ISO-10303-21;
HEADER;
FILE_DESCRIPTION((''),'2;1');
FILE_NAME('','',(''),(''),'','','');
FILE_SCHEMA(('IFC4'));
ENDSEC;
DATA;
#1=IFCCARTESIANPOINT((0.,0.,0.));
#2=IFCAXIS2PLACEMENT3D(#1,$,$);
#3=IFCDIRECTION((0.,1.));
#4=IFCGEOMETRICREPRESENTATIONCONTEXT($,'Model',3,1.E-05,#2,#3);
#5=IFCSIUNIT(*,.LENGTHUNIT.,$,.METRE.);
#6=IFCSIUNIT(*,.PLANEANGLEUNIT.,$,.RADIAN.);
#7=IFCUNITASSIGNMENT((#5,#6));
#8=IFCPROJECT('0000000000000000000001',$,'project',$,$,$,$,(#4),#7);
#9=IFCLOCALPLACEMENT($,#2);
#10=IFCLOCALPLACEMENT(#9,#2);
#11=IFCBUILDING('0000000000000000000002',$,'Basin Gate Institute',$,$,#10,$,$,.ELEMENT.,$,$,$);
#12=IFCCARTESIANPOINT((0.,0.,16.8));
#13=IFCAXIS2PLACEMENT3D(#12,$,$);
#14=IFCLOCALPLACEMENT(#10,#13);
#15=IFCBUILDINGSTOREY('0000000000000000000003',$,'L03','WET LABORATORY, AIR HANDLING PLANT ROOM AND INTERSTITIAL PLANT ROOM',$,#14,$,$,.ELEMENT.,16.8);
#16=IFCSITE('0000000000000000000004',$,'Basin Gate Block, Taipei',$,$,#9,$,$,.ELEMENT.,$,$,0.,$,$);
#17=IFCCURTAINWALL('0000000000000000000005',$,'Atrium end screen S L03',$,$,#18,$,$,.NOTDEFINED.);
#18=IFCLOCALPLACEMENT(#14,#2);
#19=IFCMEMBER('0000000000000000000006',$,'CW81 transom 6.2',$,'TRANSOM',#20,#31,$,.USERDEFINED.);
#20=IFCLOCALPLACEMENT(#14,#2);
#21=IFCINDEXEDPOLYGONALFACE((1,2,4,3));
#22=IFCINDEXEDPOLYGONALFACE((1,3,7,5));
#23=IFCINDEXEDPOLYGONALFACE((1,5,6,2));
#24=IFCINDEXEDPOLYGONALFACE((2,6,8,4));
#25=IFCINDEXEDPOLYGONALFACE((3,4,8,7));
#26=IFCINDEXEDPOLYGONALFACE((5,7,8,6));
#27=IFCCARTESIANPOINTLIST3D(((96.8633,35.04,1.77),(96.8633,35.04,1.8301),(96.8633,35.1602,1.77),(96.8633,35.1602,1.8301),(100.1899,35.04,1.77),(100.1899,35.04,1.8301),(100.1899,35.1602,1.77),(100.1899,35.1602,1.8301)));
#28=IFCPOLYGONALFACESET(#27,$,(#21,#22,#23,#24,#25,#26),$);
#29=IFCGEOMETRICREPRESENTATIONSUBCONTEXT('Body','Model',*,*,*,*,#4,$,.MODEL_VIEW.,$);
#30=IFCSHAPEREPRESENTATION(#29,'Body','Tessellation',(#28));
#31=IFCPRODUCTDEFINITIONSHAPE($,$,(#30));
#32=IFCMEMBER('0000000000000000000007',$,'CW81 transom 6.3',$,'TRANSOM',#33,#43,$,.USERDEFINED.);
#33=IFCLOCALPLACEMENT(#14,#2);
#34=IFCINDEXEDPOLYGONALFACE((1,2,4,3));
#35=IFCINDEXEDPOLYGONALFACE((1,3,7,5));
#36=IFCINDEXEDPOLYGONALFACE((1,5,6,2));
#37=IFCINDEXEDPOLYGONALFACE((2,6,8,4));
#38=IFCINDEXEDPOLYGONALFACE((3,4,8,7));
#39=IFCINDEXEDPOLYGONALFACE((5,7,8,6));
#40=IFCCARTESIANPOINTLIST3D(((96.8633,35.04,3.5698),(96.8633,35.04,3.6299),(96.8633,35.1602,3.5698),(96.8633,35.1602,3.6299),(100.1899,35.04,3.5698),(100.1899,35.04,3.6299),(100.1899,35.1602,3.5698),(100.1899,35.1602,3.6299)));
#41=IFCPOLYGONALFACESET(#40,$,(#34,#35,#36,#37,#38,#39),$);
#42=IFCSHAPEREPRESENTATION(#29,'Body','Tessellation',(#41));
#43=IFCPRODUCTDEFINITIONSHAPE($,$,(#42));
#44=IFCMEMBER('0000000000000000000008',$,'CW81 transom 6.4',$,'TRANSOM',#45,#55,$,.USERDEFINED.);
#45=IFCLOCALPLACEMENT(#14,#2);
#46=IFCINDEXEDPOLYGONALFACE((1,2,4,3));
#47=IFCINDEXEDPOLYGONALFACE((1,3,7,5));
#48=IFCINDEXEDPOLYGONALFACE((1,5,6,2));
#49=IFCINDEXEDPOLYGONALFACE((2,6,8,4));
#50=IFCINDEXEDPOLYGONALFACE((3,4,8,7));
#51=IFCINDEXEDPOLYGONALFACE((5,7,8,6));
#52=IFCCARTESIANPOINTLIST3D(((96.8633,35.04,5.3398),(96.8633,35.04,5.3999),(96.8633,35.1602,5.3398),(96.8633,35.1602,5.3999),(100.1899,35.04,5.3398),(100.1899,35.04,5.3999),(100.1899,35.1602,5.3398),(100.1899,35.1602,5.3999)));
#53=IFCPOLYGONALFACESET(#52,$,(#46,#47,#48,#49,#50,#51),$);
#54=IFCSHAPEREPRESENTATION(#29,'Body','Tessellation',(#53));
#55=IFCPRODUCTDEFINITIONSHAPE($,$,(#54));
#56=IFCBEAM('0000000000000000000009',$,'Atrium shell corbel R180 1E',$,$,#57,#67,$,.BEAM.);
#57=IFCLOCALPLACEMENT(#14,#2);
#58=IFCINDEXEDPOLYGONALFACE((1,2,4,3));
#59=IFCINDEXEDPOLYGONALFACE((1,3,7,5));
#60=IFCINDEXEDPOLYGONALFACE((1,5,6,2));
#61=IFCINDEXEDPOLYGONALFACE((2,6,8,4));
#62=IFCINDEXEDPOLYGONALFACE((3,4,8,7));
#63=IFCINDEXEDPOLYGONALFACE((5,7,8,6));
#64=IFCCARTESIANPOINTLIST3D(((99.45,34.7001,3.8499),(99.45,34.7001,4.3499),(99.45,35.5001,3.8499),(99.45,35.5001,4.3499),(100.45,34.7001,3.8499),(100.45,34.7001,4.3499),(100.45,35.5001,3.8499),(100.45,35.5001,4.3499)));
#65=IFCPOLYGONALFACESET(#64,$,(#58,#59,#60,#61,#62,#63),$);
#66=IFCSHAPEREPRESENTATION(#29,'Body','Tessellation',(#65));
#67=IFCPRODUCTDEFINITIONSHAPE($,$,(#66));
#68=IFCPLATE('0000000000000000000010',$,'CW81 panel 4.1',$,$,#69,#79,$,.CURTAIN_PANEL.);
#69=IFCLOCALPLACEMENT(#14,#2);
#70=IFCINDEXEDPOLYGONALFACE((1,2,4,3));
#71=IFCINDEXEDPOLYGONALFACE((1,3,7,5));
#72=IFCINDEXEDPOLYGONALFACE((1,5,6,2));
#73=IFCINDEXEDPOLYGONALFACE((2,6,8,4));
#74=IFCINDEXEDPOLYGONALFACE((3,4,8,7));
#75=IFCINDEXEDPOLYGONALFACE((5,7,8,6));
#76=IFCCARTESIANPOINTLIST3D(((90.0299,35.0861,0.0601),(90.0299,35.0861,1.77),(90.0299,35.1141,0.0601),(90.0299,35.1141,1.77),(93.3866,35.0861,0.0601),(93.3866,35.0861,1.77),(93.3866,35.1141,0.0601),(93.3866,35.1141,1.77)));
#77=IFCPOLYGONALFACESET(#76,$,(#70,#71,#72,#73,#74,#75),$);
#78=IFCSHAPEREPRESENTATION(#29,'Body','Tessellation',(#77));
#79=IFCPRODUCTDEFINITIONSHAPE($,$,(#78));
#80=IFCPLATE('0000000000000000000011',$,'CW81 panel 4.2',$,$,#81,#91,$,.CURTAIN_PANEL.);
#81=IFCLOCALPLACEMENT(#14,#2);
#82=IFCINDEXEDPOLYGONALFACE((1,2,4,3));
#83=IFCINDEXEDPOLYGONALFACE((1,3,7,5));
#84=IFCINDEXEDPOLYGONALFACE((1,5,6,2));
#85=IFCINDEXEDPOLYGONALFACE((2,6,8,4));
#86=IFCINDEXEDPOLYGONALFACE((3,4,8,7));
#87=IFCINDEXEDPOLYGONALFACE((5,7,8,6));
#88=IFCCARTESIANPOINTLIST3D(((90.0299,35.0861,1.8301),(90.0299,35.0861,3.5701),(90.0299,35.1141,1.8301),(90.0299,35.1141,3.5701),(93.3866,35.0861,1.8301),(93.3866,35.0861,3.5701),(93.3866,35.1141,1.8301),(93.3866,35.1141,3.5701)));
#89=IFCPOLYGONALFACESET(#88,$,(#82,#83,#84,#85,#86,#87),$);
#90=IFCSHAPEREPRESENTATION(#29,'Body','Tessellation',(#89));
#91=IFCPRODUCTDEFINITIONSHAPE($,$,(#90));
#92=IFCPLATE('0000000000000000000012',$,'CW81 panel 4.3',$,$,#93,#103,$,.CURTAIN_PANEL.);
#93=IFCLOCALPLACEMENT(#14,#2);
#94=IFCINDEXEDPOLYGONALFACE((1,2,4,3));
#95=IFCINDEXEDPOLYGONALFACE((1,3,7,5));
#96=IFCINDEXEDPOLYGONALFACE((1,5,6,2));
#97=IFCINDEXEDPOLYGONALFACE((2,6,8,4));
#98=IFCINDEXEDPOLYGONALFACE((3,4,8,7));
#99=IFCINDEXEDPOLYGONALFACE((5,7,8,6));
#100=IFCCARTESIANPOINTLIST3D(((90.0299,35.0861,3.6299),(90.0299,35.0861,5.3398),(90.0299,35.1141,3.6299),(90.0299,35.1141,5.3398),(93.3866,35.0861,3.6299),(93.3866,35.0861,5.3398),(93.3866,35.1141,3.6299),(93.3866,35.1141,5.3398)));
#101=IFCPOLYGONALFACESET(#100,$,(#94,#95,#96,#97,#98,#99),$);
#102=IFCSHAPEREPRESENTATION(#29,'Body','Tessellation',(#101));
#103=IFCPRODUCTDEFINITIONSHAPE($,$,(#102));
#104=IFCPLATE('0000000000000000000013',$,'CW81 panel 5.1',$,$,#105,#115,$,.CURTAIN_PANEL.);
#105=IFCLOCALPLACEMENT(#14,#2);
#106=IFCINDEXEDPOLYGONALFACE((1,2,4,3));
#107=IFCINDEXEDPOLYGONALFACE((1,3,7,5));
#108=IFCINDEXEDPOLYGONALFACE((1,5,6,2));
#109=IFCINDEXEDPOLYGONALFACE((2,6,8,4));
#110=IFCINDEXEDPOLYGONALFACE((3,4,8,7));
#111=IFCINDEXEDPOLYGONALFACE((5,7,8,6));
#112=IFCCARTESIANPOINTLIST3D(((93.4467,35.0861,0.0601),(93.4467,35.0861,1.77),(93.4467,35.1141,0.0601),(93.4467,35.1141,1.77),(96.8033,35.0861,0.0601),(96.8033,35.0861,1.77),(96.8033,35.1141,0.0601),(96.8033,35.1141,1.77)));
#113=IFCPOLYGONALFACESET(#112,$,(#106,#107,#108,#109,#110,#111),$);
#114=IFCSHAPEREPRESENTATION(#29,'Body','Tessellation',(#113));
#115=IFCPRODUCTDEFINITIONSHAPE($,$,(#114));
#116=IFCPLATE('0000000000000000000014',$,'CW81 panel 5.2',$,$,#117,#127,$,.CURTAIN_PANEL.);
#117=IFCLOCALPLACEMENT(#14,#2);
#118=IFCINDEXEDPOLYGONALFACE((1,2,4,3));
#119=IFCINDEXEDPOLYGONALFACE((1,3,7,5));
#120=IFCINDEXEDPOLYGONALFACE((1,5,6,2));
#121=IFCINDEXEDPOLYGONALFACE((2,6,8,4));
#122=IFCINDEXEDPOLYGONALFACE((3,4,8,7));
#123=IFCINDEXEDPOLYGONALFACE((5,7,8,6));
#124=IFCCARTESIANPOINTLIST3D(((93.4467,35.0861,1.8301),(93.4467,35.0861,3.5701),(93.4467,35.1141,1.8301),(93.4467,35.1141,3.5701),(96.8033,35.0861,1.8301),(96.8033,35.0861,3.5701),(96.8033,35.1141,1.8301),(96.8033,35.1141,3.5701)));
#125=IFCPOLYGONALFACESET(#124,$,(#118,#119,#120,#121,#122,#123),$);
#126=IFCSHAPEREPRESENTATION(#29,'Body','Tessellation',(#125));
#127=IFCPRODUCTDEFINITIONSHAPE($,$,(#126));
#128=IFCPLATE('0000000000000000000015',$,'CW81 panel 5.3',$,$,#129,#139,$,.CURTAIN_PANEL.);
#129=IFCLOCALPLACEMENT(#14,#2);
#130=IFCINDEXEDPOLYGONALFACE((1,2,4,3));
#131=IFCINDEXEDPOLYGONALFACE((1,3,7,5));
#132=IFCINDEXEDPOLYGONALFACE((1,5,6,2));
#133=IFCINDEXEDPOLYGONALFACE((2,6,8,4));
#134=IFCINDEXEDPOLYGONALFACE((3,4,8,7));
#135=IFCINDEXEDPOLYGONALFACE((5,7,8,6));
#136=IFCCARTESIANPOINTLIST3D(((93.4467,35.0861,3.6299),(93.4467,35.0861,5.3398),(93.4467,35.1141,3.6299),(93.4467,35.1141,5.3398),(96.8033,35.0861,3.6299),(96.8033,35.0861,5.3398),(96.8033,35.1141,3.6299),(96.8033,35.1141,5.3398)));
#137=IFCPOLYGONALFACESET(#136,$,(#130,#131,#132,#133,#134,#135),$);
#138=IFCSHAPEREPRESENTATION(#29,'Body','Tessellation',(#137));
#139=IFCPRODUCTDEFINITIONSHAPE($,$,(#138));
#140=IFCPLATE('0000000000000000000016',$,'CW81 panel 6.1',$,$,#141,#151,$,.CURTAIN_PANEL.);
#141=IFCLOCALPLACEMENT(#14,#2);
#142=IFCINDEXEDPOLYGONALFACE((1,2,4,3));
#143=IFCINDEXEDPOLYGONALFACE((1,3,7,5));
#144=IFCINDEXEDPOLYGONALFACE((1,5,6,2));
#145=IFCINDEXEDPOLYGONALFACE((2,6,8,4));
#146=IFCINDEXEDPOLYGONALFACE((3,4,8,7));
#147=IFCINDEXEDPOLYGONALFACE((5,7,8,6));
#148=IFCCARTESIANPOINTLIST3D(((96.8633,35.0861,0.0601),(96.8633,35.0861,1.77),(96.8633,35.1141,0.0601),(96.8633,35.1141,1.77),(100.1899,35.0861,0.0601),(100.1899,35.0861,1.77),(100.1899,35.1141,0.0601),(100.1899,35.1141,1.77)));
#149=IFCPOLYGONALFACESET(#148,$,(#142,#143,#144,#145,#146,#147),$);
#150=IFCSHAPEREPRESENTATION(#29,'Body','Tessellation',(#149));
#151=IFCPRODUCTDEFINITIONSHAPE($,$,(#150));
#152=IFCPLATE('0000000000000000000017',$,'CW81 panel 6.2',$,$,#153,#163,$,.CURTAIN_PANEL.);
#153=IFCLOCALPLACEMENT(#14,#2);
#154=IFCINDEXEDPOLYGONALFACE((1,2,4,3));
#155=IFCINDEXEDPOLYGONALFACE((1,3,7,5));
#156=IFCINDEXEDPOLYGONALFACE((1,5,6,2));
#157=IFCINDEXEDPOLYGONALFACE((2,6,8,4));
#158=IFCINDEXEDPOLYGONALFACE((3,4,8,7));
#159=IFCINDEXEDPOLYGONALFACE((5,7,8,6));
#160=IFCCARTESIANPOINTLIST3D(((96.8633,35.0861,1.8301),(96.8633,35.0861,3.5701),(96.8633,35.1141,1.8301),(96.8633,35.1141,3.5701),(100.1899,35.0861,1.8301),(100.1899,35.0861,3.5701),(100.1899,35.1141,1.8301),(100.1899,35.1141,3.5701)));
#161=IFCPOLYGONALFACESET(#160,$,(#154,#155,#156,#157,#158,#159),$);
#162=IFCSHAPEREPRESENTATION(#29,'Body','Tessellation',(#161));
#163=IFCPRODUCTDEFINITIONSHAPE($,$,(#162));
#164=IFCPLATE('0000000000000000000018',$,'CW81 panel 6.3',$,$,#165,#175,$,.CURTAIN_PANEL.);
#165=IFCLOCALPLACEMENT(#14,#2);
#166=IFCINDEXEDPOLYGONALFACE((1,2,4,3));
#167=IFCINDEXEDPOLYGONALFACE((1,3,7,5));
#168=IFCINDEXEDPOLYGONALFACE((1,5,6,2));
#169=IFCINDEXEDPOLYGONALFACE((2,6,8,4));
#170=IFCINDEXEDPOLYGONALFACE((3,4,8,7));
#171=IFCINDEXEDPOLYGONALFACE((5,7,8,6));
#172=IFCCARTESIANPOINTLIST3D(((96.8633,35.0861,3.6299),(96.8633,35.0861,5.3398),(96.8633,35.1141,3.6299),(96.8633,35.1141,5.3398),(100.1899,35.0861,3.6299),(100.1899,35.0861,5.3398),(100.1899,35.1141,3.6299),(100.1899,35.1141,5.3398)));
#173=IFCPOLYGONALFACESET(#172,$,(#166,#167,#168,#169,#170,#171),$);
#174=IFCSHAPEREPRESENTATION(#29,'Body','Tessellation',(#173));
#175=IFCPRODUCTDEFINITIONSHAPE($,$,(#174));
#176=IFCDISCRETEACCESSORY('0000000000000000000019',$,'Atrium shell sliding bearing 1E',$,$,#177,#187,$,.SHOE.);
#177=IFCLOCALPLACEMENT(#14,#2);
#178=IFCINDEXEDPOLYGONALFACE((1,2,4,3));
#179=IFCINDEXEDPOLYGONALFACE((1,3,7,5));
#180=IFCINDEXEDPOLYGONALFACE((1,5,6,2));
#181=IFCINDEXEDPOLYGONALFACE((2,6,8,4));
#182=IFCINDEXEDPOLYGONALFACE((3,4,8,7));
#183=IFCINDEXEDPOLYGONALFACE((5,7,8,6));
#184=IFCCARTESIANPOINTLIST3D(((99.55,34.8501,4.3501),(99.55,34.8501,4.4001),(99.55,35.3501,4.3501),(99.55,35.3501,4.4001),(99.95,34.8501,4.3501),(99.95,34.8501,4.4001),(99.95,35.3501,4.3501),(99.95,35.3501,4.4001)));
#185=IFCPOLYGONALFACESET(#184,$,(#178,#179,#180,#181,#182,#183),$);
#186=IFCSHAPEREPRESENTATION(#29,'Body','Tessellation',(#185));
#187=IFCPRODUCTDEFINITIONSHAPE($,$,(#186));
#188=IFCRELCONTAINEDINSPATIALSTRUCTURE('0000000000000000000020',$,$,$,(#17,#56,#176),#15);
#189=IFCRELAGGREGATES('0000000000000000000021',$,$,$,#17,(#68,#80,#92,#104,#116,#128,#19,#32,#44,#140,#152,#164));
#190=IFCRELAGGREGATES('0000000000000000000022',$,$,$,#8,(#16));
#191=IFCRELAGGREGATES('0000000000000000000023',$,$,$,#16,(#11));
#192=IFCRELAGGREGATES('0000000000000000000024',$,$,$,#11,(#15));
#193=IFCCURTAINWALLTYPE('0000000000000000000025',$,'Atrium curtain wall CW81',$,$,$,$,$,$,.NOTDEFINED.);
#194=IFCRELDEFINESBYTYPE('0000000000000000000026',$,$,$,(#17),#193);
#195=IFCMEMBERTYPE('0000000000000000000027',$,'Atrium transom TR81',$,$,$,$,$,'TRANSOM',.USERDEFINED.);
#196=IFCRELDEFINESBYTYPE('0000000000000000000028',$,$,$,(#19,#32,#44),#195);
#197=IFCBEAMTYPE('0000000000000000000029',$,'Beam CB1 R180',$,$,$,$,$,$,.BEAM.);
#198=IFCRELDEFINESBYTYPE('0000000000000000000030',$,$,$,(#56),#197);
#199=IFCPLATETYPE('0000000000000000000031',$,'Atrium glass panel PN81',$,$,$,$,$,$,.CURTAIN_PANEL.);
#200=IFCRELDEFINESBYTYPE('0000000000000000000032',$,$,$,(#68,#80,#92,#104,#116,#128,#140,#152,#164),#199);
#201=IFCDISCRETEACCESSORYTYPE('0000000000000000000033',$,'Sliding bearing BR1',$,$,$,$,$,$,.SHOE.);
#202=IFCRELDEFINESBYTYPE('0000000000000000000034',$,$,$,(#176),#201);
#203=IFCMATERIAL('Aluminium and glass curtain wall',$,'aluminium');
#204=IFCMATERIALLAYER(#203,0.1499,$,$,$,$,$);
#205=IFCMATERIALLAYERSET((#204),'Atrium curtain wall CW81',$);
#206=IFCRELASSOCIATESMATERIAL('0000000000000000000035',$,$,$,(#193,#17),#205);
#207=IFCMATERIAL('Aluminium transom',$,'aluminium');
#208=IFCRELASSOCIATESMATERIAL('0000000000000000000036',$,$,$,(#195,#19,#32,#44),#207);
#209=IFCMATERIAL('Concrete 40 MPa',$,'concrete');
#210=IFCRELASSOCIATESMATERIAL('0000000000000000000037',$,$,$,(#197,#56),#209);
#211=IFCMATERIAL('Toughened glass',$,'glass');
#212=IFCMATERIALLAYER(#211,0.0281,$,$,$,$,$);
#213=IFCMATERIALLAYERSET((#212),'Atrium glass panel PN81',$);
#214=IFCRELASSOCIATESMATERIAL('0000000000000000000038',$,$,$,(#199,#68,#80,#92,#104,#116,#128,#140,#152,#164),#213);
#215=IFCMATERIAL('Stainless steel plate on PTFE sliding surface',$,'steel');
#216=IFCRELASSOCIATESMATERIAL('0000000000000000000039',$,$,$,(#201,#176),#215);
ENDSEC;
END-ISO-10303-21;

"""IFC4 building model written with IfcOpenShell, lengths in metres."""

from ifc_helpers import new_model, si_unit, direction, frame, origin, origin_2d, place, context, subcontext, project, spatial, rectangle, extrude, material, layer, layer_set, material_profile, profile_set, type_object, element, aggregate, save


model = new_model("IFC4")

# Units and contexts
model_context = context("Model", 3, precision=1e-05, world=origin(), true_north=direction((0.0, 1.0)))
body_context = subcontext(model_context, "Body", "Model", "MODEL_VIEW")
ifc_project = project(units=[si_unit("LENGTHUNIT", "METRE"), si_unit("PLANEANGLEUNIT", "RADIAN")], contexts=[model_context])

# Site, building, storey
site_placement = place(None, origin())
site = spatial("IfcSite", under=ifc_project, at=site_placement, Name="Basin Gate Block, Taipei", CompositionType="ELEMENT", RefElevation=0.0)
building_placement = place(site_placement, origin())
building = spatial("IfcBuilding", under=site, at=building_placement, Name="Basin Gate Institute", CompositionType="ELEMENT")
storey_placement = place(building_placement, frame((0.0, 0.0, 16.8)))
storey = spatial("IfcBuildingStorey", under=building, at=storey_placement, Name="L03", Description="WET LABORATORY, AIR HANDLING PLANT ROOM AND INTERSTITIAL PLANT ROOM", CompositionType="ELEMENT", Elevation=16.8)

# Curtain wall, members
ifc_material_1 = material(Name="Aluminium and glass curtain wall", Category="aluminium")
ifc_layer_1 = layer(ifc_material_1, 0.1499)
ifc_layer_set_1 = layer_set([ifc_layer_1], Name="Atrium curtain wall CW81")
curtain_wall_type = type_object("IfcCurtainWallType", Name="Atrium curtain wall CW81", PredefinedType="NOTDEFINED", material=ifc_layer_set_1)
curtain_wall_placement = place(storey_placement, origin())
curtain_wall = element("IfcCurtainWall", 1, at=curtain_wall_placement, inside=storey, type_object=curtain_wall_type, material=ifc_layer_set_1, Name="Atrium end screen S L03", PredefinedType="NOTDEFINED")
ifc_material_2 = material(Name="Aluminium transom", Category="aluminium")
ifc_material_profile_1 = material_profile(ifc_material_2, rectangle(XDim=0.1201, YDim=0.0601, at=origin_2d()), Name="Atrium transom TR81 120 x 60")
ifc_profile_set_1 = profile_set([ifc_material_profile_1], Name="Aluminium transom")
member_type_1 = type_object("IfcMemberType", Name="Atrium transom TR81", ElementType="TRANSOM", PredefinedType="USERDEFINED", material=ifc_profile_set_1)
member_1_placement = place(storey_placement, frame((96.8633, 35.1001, 1.8), z_axis=(1.0, 0.0, 0.0), x_axis=(0.0, 1.0, 0.0)))
member_1 = element("IfcMember", 2, at=member_1_placement, type_object=member_type_1, material=ifc_profile_set_1, Name="CW81 transom 6.2", ObjectType="TRANSOM", PredefinedType="USERDEFINED", context=body_context, shape_type="SweptSolid", body=[
    extrude(rectangle(XDim=0.1201, YDim=0.0601, at=origin_2d()), origin(), (0.0, 0.0, 1.0), 3.3267),
])
member_2_placement = place(storey_placement, frame((96.8633, 35.1001, 3.5999), z_axis=(1.0, 0.0, 0.0), x_axis=(0.0, 1.0, 0.0)))
member_2 = element("IfcMember", 3, at=member_2_placement, type_object=member_type_1, material=ifc_profile_set_1, Name="CW81 transom 6.3", ObjectType="TRANSOM", PredefinedType="USERDEFINED", context=body_context, shape_type="SweptSolid", body=[
    extrude(rectangle(XDim=0.1201, YDim=0.0601, at=origin_2d()), origin(), (0.0, 0.0, 1.0), 3.3267),
])
member_3_placement = place(storey_placement, frame((96.8633, 35.1001, 5.3699), z_axis=(1.0, 0.0, 0.0), x_axis=(0.0, 1.0, 0.0)))
member_3 = element("IfcMember", 4, at=member_3_placement, type_object=member_type_1, material=ifc_profile_set_1, Name="CW81 transom 6.4", ObjectType="TRANSOM", PredefinedType="USERDEFINED", context=body_context, shape_type="SweptSolid", body=[
    extrude(rectangle(XDim=0.1201, YDim=0.0601, at=origin_2d()), origin(), (0.0, 0.0, 1.0), 3.3267),
])

# Beam
ifc_material_3 = material(Name="Concrete 40 MPa", Category="concrete")
ifc_material_profile_2 = material_profile(ifc_material_3, rectangle(XDim=0.8, YDim=0.5, at=origin_2d()), Name="Beam CB1 800 x 500")
ifc_profile_set_2 = profile_set([ifc_material_profile_2], Name="Concrete 40 MPa")
beam_type = type_object("IfcBeamType", Name="Beam CB1 R180", PredefinedType="BEAM", material=ifc_profile_set_2)
beam_placement = place(storey_placement, frame((100.45, 35.1001, 4.0999), z_axis=(-1.0, 0.0, 0.0), x_axis=(0.0, -1.0, 0.0)))
element("IfcBeam", 5, at=beam_placement, inside=storey, type_object=beam_type, material=ifc_profile_set_2, Name="Atrium shell corbel R180 1E", PredefinedType="BEAM", context=body_context, shape_type="SweptSolid", body=[
    extrude(rectangle(XDim=0.8, YDim=0.5, at=origin_2d()), origin(), (0.0, 0.0, 1.0), 1.0),
])

# Plates
ifc_material_4 = material(Name="Toughened glass", Category="glass")
ifc_layer_2 = layer(ifc_material_4, 0.0281)
ifc_layer_set_2 = layer_set([ifc_layer_2], Name="Atrium glass panel PN81")
plate_type = type_object("IfcPlateType", Name="Atrium glass panel PN81", PredefinedType="CURTAIN_PANEL", material=ifc_layer_set_2)
plate_1_placement = place(storey_placement, frame((91.7083, 35.1001, 0.0601), z_axis=(0.0, 0.0, 1.0), x_axis=(1.0, 0.0, 0.0)))
plate_1 = element("IfcPlate", 6, at=plate_1_placement, type_object=plate_type, material=ifc_layer_set_2, Name="CW81 panel 4.1", PredefinedType="CURTAIN_PANEL", context=body_context, shape_type="SweptSolid", body=[
    extrude(rectangle(XDim=3.3567, YDim=0.0281, at=origin_2d()), origin(), (0.0, 0.0, 1.0), 1.71),
])
plate_2_placement = place(storey_placement, frame((91.7083, 35.1001, 1.8301), z_axis=(0.0, 0.0, 1.0), x_axis=(1.0, 0.0, 0.0)))
plate_2 = element("IfcPlate", 7, at=plate_2_placement, type_object=plate_type, material=ifc_layer_set_2, Name="CW81 panel 4.2", PredefinedType="CURTAIN_PANEL", context=body_context, shape_type="SweptSolid", body=[
    extrude(rectangle(XDim=3.3567, YDim=0.0281, at=origin_2d()), origin(), (0.0, 0.0, 1.0), 1.74),
])
plate_3_placement = place(storey_placement, frame((91.7083, 35.1001, 3.6299), z_axis=(0.0, 0.0, 1.0), x_axis=(1.0, 0.0, 0.0)))
plate_3 = element("IfcPlate", 8, at=plate_3_placement, type_object=plate_type, material=ifc_layer_set_2, Name="CW81 panel 4.3", PredefinedType="CURTAIN_PANEL", context=body_context, shape_type="SweptSolid", body=[
    extrude(rectangle(XDim=3.3567, YDim=0.0281, at=origin_2d()), origin(), (0.0, 0.0, 1.0), 1.71),
])
plate_4_placement = place(storey_placement, frame((95.125, 35.1001, 0.0601), z_axis=(0.0, 0.0, 1.0), x_axis=(1.0, 0.0, 0.0)))
plate_4 = element("IfcPlate", 9, at=plate_4_placement, type_object=plate_type, material=ifc_layer_set_2, Name="CW81 panel 5.1", PredefinedType="CURTAIN_PANEL", context=body_context, shape_type="SweptSolid", body=[
    extrude(rectangle(XDim=3.3567, YDim=0.0281, at=origin_2d()), origin(), (0.0, 0.0, 1.0), 1.71),
])
plate_5_placement = place(storey_placement, frame((95.125, 35.1001, 1.8301), z_axis=(0.0, 0.0, 1.0), x_axis=(1.0, 0.0, 0.0)))
plate_5 = element("IfcPlate", 10, at=plate_5_placement, type_object=plate_type, material=ifc_layer_set_2, Name="CW81 panel 5.2", PredefinedType="CURTAIN_PANEL", context=body_context, shape_type="SweptSolid", body=[
    extrude(rectangle(XDim=3.3567, YDim=0.0281, at=origin_2d()), origin(), (0.0, 0.0, 1.0), 1.74),
])
plate_6_placement = place(storey_placement, frame((95.125, 35.1001, 3.6299), z_axis=(0.0, 0.0, 1.0), x_axis=(1.0, 0.0, 0.0)))
plate_6 = element("IfcPlate", 11, at=plate_6_placement, type_object=plate_type, material=ifc_layer_set_2, Name="CW81 panel 5.3", PredefinedType="CURTAIN_PANEL", context=body_context, shape_type="SweptSolid", body=[
    extrude(rectangle(XDim=3.3567, YDim=0.0281, at=origin_2d()), origin(), (0.0, 0.0, 1.0), 1.71),
])
plate_7_placement = place(storey_placement, frame((98.5266, 35.1001, 0.0601), z_axis=(0.0, 0.0, 1.0), x_axis=(1.0, 0.0, 0.0)))
plate_7 = element("IfcPlate", 12, at=plate_7_placement, type_object=plate_type, material=ifc_layer_set_2, Name="CW81 panel 6.1", PredefinedType="CURTAIN_PANEL", context=body_context, shape_type="SweptSolid", body=[
    extrude(rectangle(XDim=3.3267, YDim=0.0281, at=origin_2d()), origin(), (0.0, 0.0, 1.0), 1.71),
])
plate_8_placement = place(storey_placement, frame((98.5266, 35.1001, 1.8301), z_axis=(0.0, 0.0, 1.0), x_axis=(1.0, 0.0, 0.0)))
plate_8 = element("IfcPlate", 13, at=plate_8_placement, type_object=plate_type, material=ifc_layer_set_2, Name="CW81 panel 6.2", PredefinedType="CURTAIN_PANEL", context=body_context, shape_type="SweptSolid", body=[
    extrude(rectangle(XDim=3.3267, YDim=0.0281, at=origin_2d()), origin(), (0.0, 0.0, 1.0), 1.74),
])
plate_9_placement = place(storey_placement, frame((98.5266, 35.1001, 3.6299), z_axis=(0.0, 0.0, 1.0), x_axis=(1.0, 0.0, 0.0)))
plate_9 = element("IfcPlate", 14, at=plate_9_placement, type_object=plate_type, material=ifc_layer_set_2, Name="CW81 panel 6.3", PredefinedType="CURTAIN_PANEL", context=body_context, shape_type="SweptSolid", body=[
    extrude(rectangle(XDim=3.3267, YDim=0.0281, at=origin_2d()), origin(), (0.0, 0.0, 1.0), 1.71),
])
aggregate(curtain_wall, [plate_1, plate_2, plate_3, plate_4, plate_5, plate_6, member_1, member_2, member_3, plate_7, plate_8, plate_9])

# Discrete accessory
ifc_material_5 = material(Name="Stainless steel plate on PTFE sliding surface", Category="steel")
discrete_accessory_type = type_object("IfcDiscreteAccessoryType", Name="Sliding bearing BR1", PredefinedType="SHOE", material=ifc_material_5)
discrete_accessory_placement = place(storey_placement, frame((99.75, 35.1001, 4.3501), z_axis=(0.0, 0.0, 1.0), x_axis=(1.0, 0.0, 0.0)))
element("IfcDiscreteAccessory", 15, at=discrete_accessory_placement, inside=storey, type_object=discrete_accessory_type, material=ifc_material_5, Name="Atrium shell sliding bearing 1E", PredefinedType="SHOE", context=body_context, shape_type="SweptSolid", body=[
    extrude(rectangle(XDim=0.3999, YDim=0.5, at=origin_2d()), origin(), (0.0, 0.0, 1.0), 0.05),
])

save(model, "model.ifc")
